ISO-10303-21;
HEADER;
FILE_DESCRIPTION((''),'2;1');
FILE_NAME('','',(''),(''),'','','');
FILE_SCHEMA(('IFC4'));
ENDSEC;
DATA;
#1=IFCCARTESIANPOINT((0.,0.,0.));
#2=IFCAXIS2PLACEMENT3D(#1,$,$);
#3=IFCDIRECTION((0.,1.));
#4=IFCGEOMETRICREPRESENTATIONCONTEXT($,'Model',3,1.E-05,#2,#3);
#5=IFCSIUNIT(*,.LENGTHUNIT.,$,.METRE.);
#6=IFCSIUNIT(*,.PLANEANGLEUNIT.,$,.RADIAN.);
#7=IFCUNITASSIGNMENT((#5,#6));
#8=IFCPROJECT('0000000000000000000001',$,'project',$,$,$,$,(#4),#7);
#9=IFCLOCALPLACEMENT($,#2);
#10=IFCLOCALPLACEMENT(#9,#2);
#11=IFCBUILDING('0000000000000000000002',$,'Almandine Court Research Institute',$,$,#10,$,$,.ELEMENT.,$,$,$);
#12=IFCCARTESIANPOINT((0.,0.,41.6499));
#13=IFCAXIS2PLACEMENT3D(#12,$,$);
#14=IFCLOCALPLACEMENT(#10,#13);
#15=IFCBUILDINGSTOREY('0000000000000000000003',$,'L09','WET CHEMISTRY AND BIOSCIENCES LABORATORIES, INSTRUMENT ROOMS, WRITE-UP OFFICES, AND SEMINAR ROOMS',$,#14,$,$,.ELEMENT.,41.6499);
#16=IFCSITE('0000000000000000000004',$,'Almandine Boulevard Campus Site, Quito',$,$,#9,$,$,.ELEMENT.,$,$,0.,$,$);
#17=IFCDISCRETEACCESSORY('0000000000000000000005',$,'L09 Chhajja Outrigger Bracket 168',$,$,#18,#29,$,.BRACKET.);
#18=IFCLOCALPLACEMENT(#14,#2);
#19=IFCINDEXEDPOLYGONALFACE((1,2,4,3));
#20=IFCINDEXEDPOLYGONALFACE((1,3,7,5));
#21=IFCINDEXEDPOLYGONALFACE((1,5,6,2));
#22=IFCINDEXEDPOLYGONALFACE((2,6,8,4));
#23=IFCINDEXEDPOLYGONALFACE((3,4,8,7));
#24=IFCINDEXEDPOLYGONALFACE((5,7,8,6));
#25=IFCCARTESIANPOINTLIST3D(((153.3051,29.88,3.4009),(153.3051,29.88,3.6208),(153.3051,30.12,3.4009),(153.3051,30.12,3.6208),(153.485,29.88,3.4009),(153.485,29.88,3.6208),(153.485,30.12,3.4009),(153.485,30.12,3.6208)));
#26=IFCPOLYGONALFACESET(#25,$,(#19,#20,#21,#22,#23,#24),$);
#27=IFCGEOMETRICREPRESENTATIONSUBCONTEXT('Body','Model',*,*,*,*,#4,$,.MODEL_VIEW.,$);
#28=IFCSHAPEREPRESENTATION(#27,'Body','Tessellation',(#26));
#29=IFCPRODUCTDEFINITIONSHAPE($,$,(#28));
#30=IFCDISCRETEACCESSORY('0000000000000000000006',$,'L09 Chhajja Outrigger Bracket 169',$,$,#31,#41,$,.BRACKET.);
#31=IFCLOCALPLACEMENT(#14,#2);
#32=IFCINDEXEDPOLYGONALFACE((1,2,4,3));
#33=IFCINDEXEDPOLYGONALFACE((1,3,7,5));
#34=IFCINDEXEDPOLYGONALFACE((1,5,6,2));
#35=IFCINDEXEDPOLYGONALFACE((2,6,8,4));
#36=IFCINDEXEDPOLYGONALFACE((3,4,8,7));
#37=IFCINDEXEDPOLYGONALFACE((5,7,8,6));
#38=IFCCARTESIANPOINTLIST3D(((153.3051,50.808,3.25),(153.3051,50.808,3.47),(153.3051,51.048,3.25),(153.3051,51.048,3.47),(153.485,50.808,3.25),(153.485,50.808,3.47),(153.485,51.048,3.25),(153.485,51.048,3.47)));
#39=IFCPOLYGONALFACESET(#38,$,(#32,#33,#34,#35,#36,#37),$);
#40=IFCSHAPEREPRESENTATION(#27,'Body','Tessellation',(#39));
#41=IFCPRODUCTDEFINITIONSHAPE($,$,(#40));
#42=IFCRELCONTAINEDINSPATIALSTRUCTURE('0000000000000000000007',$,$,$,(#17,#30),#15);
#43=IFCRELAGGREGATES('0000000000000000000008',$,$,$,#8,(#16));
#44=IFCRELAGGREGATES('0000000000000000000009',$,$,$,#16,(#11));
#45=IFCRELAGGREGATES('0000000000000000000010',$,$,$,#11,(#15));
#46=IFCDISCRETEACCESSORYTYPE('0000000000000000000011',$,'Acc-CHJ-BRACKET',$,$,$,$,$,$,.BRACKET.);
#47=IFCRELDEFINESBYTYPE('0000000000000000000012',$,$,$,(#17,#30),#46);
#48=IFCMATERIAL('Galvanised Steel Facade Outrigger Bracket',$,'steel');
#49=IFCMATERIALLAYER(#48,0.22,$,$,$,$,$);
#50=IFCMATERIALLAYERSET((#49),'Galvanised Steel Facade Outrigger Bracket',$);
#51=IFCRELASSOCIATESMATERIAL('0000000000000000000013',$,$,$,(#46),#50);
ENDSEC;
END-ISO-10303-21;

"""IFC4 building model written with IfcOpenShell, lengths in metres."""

from ifc_helpers import new_model, si_unit, direction, frame, origin, origin_2d, place, context, subcontext, project, spatial, rectangle, extrude, material, layer, layer_set, type_object, element, save


model = new_model("IFC4")

# Units and contexts
model_context = context("Model", 3, precision=1e-05, world=origin(), true_north=direction((0.0, 1.0)))
body_context = subcontext(model_context, "Body", "Model", "MODEL_VIEW")
ifc_project = project(units=[si_unit("LENGTHUNIT", "METRE"), si_unit("PLANEANGLEUNIT", "RADIAN")], contexts=[model_context])

# Site, building, storey
site_placement = place(None, origin())
site = spatial("IfcSite", under=ifc_project, at=site_placement, Name="Almandine Boulevard Campus Site, Quito", CompositionType="ELEMENT", RefElevation=0.0)
building_placement = place(site_placement, origin())
building = spatial("IfcBuilding", under=site, at=building_placement, Name="Almandine Court Research Institute", CompositionType="ELEMENT")
storey_placement = place(building_placement, frame((0.0, 0.0, 41.6499)))
storey = spatial("IfcBuildingStorey", under=building, at=storey_placement, Name="L09", Description="WET CHEMISTRY AND BIOSCIENCES LABORATORIES, INSTRUMENT ROOMS, WRITE-UP OFFICES, AND SEMINAR ROOMS", CompositionType="ELEMENT", Elevation=41.6499)

# Discrete accessories
ifc_material_1 = material(Name="Galvanised Steel Facade Outrigger Bracket", Category="steel")
ifc_layer_1 = layer(ifc_material_1, 0.22)
ifc_layer_set_1 = layer_set([ifc_layer_1], Name="Galvanised Steel Facade Outrigger Bracket")
discrete_accessory_type = type_object("IfcDiscreteAccessoryType", Name="Acc-CHJ-BRACKET", PredefinedType="BRACKET", material=ifc_layer_set_1)
for number, where, z_axis, x_axis, name in (
    (1, (153.395, 30.0, 3.4009), (0.0, 0.0, 1.0), (0.0, 1.0, 0.0), "L09 Chhajja Outrigger Bracket 168"),
    (2, (153.395, 50.928, 3.25), (0.0, 0.0, 1.0), (0.0, 1.0, 0.0), "L09 Chhajja Outrigger Bracket 169"),
):
    element("IfcDiscreteAccessory", number, at=place(storey_placement, frame(where, z_axis=z_axis, x_axis=x_axis)), inside=storey, type_object=discrete_accessory_type, Name=name, PredefinedType="BRACKET", context=body_context, shape_type="SweptSolid", body=[
        extrude(rectangle(XDim=0.24, YDim=0.1799, at=origin_2d()), origin(), (0.0, 0.0, 1.0), 0.22),
    ])

save(model, "model.ifc")
